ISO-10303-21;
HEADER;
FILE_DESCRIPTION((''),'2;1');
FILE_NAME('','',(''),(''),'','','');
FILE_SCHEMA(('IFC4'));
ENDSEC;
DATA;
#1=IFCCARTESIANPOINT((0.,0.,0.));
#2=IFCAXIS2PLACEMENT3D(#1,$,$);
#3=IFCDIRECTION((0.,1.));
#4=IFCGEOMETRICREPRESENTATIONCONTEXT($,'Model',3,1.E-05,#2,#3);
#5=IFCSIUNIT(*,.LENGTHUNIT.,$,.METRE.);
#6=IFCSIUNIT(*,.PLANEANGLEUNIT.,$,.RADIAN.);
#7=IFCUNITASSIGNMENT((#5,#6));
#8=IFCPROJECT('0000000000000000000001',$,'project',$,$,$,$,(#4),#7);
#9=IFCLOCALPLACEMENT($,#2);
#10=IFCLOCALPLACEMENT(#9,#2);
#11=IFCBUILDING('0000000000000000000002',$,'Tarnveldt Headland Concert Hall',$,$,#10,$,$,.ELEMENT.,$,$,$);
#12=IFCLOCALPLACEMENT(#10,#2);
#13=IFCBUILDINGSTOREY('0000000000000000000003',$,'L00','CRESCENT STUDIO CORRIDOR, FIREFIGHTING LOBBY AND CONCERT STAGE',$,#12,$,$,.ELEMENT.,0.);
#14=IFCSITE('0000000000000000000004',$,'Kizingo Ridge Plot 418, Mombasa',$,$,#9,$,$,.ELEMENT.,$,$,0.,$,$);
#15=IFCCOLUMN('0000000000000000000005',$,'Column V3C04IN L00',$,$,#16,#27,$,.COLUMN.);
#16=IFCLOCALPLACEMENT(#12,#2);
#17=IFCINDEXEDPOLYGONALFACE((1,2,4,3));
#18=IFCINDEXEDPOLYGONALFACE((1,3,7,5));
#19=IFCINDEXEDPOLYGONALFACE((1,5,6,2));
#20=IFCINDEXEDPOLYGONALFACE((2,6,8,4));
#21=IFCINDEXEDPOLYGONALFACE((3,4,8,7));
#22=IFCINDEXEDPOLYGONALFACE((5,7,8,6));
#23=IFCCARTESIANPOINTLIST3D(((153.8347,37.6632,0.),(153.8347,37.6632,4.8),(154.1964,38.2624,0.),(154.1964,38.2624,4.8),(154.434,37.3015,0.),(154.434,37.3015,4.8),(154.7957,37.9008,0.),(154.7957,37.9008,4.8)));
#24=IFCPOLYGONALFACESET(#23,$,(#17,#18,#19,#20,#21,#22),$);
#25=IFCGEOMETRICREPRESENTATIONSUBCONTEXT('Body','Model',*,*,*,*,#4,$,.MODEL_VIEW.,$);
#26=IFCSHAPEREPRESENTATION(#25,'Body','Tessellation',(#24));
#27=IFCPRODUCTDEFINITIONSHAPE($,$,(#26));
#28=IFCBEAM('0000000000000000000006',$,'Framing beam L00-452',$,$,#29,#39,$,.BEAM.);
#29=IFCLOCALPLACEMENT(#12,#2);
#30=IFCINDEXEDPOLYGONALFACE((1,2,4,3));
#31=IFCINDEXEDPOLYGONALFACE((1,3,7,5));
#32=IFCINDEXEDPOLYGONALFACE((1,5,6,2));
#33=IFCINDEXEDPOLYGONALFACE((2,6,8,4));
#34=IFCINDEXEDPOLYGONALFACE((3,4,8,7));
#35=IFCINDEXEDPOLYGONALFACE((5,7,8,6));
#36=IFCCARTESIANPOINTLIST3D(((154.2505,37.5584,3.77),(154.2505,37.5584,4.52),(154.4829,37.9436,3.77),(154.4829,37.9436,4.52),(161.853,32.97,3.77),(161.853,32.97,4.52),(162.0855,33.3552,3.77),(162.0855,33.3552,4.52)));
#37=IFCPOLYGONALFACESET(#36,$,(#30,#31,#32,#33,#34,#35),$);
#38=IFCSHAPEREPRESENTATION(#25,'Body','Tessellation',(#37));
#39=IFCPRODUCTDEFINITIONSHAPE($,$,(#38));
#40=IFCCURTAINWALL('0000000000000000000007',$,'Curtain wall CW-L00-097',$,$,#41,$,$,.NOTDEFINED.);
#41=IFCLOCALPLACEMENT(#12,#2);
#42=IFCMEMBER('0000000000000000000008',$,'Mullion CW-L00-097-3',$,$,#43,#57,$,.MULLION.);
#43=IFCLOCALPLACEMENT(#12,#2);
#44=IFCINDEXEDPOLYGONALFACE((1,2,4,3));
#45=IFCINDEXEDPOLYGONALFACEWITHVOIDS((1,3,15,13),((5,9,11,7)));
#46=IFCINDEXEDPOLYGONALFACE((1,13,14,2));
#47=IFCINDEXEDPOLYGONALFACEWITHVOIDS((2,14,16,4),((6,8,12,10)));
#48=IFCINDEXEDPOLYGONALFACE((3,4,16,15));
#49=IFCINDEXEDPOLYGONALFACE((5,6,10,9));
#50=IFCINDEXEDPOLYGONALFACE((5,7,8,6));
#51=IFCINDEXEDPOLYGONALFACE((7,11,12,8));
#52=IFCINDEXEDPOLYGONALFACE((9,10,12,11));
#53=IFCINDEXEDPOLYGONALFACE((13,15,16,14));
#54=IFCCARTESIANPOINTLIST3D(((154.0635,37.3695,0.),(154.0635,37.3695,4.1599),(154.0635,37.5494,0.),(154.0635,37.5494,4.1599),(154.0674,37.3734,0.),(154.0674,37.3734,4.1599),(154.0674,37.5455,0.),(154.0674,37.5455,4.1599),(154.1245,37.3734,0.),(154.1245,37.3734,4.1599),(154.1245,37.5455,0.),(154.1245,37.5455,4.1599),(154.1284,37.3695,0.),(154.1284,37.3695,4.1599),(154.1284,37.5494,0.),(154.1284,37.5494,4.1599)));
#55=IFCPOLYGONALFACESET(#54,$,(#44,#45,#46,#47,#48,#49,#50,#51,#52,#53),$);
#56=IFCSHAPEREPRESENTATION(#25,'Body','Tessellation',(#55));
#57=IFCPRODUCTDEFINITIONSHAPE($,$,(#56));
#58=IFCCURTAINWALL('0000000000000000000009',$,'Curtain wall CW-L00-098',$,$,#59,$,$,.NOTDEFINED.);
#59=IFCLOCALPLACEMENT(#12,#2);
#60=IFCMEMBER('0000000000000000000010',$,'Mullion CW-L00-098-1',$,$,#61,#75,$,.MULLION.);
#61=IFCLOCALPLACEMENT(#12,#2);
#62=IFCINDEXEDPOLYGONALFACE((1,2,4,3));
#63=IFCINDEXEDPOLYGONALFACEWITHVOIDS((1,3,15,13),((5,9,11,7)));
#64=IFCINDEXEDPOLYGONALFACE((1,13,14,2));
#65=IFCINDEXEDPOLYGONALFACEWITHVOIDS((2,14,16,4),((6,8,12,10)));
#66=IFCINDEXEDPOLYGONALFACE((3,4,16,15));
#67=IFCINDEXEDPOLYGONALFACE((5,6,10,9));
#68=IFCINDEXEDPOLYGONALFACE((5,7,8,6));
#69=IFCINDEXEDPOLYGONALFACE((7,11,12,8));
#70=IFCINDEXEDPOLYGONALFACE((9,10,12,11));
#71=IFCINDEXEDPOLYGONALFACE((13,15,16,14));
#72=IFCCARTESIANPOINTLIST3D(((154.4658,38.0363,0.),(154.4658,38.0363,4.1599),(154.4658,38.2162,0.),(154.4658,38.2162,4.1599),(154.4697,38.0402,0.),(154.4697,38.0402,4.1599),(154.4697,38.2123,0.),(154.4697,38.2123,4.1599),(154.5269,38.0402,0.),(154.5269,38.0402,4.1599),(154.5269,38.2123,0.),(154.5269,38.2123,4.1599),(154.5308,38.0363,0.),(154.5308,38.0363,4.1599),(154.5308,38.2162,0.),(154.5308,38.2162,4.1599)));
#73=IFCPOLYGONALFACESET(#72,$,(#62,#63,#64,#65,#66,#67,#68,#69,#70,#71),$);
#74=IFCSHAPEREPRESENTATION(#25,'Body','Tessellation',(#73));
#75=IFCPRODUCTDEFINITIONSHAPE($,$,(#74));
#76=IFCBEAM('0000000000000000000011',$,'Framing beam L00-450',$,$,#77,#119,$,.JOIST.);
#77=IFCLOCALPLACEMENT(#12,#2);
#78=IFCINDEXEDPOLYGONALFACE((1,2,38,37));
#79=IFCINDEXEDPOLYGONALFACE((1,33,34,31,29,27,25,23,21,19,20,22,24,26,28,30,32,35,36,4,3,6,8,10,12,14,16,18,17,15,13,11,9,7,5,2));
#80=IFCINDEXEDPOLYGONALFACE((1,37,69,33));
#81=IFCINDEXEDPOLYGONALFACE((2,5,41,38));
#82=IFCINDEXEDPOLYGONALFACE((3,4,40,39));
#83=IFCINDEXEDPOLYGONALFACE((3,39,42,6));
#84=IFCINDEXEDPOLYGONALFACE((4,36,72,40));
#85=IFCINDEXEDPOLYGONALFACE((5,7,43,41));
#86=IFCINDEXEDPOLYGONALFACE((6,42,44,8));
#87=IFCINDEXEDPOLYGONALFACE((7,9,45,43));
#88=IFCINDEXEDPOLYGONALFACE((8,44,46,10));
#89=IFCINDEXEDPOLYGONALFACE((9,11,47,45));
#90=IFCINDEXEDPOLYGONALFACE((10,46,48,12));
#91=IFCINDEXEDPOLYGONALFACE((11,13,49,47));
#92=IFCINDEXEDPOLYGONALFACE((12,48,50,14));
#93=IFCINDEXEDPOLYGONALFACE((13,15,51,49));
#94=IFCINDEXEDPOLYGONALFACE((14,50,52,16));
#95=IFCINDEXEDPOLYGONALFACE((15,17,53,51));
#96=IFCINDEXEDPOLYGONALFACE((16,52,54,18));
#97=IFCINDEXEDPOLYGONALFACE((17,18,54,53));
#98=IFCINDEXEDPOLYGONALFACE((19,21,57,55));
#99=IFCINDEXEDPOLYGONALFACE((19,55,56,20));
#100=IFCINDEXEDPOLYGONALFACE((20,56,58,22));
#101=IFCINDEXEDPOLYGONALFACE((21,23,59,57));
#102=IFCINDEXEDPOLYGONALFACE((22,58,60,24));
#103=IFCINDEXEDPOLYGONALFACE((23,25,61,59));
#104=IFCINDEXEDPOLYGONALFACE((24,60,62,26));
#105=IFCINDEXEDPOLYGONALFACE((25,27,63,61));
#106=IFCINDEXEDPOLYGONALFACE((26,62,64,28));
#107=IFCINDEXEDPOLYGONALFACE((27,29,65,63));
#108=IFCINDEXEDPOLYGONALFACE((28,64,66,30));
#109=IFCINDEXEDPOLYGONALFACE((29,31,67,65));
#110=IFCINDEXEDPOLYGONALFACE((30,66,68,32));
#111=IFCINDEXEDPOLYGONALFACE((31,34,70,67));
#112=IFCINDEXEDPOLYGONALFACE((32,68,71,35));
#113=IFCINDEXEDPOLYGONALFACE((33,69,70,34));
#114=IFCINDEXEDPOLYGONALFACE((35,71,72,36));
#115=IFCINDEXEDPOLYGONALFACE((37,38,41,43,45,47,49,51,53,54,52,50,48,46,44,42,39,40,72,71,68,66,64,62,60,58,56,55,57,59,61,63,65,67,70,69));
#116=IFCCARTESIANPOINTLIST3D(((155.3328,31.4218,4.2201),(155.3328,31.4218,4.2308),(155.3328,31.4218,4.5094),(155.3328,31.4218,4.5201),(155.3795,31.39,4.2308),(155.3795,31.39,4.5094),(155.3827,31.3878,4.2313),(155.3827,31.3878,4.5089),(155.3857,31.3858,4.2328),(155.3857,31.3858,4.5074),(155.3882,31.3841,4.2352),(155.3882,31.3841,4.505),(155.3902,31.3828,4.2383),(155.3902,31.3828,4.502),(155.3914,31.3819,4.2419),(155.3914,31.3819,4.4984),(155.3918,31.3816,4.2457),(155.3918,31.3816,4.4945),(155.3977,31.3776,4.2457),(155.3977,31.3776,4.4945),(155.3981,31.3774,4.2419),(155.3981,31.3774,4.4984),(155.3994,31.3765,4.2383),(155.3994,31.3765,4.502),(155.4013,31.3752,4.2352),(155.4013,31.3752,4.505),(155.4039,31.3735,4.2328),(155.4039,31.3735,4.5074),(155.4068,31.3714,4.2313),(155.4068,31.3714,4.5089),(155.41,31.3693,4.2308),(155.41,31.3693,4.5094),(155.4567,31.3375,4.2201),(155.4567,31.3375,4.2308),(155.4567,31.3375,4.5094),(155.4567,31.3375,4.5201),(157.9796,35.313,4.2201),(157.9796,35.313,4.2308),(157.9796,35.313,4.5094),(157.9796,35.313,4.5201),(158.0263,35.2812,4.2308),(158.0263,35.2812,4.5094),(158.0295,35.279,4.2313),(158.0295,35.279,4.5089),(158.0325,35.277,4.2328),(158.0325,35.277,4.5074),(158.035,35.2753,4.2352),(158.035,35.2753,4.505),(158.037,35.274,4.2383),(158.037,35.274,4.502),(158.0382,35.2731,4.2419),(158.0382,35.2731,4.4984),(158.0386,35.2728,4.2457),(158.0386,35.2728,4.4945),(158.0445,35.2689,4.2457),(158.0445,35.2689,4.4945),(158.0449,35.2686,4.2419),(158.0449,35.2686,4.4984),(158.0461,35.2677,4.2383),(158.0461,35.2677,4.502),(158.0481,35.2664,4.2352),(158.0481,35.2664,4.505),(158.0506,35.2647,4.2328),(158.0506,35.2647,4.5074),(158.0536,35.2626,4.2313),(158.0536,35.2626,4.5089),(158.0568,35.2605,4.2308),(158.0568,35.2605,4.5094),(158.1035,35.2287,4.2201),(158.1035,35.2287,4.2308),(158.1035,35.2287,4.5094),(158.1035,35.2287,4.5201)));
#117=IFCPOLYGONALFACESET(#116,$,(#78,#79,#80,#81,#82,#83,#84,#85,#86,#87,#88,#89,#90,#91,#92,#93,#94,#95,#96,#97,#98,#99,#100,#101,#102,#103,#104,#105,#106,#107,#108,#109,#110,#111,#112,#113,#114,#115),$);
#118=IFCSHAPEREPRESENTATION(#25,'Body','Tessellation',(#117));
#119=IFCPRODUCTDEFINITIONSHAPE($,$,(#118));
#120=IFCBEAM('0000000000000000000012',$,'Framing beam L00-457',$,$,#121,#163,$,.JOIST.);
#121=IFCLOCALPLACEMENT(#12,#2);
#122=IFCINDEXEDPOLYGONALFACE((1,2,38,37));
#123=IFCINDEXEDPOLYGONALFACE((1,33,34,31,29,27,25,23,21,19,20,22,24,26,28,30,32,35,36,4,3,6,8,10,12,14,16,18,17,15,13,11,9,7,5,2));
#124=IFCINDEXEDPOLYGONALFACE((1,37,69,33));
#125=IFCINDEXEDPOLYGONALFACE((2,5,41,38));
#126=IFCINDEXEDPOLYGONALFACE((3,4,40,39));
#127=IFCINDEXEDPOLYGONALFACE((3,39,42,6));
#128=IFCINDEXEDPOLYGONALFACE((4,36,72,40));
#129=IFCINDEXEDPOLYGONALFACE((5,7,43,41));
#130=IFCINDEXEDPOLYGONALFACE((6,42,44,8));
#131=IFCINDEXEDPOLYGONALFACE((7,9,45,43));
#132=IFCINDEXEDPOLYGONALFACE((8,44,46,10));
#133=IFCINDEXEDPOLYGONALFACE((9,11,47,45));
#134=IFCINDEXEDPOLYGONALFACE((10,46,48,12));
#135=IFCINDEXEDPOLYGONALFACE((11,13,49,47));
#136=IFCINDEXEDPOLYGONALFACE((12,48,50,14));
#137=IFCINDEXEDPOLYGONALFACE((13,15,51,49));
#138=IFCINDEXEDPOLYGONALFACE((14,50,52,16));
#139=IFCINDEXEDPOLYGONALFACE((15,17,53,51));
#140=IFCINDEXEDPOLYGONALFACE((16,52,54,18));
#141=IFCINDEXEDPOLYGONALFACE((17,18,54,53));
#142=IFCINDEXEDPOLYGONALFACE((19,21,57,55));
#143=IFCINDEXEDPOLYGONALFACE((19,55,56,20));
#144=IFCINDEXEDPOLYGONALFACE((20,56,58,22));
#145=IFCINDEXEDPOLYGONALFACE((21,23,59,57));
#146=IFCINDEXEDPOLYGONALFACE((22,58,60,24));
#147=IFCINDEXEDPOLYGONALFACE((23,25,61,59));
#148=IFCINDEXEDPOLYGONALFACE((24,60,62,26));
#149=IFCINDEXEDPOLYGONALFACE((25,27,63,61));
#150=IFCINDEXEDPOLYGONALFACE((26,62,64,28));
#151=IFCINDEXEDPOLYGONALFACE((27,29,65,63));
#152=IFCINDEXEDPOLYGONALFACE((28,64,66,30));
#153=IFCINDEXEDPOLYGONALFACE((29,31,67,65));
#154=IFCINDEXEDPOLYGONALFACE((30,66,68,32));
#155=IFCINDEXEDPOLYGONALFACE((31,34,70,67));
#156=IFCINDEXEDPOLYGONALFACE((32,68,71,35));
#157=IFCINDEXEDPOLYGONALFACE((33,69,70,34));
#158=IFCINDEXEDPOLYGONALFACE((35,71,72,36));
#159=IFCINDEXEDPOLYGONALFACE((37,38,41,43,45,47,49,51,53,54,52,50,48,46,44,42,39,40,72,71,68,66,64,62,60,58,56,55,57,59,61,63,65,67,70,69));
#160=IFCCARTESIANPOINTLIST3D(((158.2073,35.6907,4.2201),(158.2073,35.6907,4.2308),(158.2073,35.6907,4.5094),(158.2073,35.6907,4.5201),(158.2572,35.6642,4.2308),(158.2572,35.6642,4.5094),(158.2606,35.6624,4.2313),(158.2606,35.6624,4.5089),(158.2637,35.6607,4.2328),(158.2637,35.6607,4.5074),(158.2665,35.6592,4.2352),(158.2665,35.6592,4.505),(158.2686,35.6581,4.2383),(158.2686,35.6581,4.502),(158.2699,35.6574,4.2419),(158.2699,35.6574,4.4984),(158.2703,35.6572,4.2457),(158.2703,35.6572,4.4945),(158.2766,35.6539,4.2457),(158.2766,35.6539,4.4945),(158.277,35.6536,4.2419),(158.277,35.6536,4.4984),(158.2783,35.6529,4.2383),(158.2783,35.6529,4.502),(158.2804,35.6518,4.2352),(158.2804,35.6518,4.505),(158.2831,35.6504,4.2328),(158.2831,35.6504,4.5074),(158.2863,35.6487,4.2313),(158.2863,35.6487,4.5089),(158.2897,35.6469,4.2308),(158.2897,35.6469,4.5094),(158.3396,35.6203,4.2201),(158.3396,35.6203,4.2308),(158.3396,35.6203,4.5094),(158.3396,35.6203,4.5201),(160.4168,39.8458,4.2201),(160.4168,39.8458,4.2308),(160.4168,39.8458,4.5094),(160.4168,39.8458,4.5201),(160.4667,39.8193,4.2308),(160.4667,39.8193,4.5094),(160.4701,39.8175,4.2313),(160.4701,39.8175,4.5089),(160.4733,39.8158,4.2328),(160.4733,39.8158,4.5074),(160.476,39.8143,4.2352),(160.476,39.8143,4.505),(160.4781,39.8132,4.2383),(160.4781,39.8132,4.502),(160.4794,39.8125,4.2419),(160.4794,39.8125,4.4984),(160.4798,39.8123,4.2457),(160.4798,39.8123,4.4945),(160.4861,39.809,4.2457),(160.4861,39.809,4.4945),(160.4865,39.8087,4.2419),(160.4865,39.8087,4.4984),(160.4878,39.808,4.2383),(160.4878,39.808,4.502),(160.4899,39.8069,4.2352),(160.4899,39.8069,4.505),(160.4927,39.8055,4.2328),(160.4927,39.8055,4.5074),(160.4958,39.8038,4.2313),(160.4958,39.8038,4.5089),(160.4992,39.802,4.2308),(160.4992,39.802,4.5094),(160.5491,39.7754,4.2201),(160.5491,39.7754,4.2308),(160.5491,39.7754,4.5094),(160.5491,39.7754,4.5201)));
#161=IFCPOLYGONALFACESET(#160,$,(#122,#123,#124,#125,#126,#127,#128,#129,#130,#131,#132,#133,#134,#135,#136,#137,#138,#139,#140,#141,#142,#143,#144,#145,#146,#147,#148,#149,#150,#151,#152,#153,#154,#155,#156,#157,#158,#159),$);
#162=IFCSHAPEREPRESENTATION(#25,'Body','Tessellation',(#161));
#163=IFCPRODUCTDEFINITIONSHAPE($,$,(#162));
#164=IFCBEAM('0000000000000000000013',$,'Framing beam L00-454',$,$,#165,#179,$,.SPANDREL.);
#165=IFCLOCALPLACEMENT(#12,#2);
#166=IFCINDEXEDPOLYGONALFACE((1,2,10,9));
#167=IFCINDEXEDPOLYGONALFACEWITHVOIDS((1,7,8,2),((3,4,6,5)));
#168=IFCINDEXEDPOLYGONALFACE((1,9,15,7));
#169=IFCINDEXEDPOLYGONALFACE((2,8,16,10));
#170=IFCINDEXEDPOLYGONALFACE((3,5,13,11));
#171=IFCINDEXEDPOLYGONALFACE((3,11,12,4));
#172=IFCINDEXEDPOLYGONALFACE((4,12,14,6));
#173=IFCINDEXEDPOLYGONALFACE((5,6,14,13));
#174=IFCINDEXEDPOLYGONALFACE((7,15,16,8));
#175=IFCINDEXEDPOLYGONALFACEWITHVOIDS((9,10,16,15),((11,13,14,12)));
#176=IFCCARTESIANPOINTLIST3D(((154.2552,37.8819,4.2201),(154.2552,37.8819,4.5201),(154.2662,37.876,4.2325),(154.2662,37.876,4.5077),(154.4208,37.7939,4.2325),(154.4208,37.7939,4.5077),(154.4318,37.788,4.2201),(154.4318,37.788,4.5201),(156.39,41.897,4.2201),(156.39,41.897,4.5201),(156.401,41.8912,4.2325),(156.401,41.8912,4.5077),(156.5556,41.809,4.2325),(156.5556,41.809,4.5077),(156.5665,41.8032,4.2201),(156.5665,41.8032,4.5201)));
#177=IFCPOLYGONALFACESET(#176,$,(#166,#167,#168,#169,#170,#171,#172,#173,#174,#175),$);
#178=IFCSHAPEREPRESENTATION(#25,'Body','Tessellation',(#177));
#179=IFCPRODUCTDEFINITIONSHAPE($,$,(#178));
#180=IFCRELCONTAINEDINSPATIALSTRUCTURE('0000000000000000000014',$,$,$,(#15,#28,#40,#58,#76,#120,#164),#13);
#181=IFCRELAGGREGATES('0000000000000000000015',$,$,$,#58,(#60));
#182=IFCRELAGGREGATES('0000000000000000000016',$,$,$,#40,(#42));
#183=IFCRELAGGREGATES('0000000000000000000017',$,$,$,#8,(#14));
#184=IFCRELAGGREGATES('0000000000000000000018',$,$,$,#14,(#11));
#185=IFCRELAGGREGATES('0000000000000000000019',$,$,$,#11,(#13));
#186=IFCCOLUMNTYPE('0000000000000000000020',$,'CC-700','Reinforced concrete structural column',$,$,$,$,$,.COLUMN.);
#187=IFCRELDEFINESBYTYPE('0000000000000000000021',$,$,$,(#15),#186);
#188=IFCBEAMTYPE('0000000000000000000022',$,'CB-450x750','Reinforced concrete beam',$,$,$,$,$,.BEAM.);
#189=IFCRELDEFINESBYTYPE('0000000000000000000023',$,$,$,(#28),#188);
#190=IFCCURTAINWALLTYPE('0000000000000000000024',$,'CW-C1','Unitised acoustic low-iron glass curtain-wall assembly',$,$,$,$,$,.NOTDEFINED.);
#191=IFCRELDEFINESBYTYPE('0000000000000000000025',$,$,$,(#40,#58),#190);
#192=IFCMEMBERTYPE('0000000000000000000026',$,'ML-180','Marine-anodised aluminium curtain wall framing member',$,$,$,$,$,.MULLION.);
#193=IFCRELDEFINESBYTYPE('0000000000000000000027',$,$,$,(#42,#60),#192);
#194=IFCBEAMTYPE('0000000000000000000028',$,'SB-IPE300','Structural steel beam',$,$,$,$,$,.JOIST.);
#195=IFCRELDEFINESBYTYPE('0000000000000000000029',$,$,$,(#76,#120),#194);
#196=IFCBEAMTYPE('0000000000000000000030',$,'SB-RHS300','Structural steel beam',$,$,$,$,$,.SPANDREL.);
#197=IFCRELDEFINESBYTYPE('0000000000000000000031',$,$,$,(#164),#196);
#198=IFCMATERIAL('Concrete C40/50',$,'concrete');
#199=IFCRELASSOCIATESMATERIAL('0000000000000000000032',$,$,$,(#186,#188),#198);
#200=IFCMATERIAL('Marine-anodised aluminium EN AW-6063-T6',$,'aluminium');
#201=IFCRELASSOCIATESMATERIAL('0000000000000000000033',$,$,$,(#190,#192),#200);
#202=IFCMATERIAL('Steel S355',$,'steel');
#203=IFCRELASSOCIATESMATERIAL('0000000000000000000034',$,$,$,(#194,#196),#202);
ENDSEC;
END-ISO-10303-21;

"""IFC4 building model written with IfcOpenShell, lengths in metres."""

from ifc_helpers import new_model, si_unit, direction, frame, origin, origin_2d, place, context, subcontext, project, spatial, rectangle, hollow_rectangle, i_section, extrude, material, material_profile, profile_set, type_object, element, aggregate, save


model = new_model("IFC4")

# Units and contexts
model_context = context("Model", 3, precision=1e-05, world=origin(), true_north=direction((0.0, 1.0)))
body_context = subcontext(model_context, "Body", "Model", "MODEL_VIEW")
ifc_project = project(units=[si_unit("LENGTHUNIT", "METRE"), si_unit("PLANEANGLEUNIT", "RADIAN")], contexts=[model_context])

# Site, building, storey
site_placement = place(None, origin())
site = spatial("IfcSite", under=ifc_project, at=site_placement, Name="Kizingo Ridge Plot 418, Mombasa", CompositionType="ELEMENT", RefElevation=0.0)
building_placement = place(site_placement, origin())
building = spatial("IfcBuilding", under=site, at=building_placement, Name="Tarnveldt Headland Concert Hall", CompositionType="ELEMENT")
storey_placement = place(building_placement, origin())
storey = spatial("IfcBuildingStorey", under=building, at=storey_placement, Name="L00", Description="CRESCENT STUDIO CORRIDOR, FIREFIGHTING LOBBY AND CONCERT STAGE", CompositionType="ELEMENT", Elevation=0.0)

# Column
ifc_material_1 = material(Name="Concrete C40/50", Category="concrete")
ifc_material_profile_1 = material_profile(ifc_material_1, rectangle(XDim=0.7, YDim=0.7, at=origin_2d()), Name="RC 700x700", Category="concrete")
ifc_profile_set_1 = profile_set([ifc_material_profile_1], Name="Concrete C40/50")
column_type = type_object("IfcColumnType", Name="CC-700", Description="Reinforced concrete structural column", PredefinedType="COLUMN", material=ifc_profile_set_1)
column_placement = place(storey_placement, frame((154.3152, 37.782, 0.0), z_axis=(0.0, 0.0, 1.0), x_axis=(0.856177, -0.516683, 0.0)))
element("IfcColumn", 1, at=column_placement, inside=storey, type_object=column_type, Name="Column V3C04IN L00", PredefinedType="COLUMN", context=body_context, shape_type="SweptSolid", body=[
    extrude(rectangle(XDim=0.7, YDim=0.7, at=origin_2d()), origin(), (0.0, 0.0, 1.0), 4.8),
])

# Beam
ifc_material_profile_2 = material_profile(ifc_material_1, rectangle(XDim=0.45, YDim=0.75, at=origin_2d()), Name="RC 450x750", Category="concrete")
ifc_profile_set_2 = profile_set([ifc_material_profile_2], Name="Concrete C40/50")
beam_type_1 = type_object("IfcBeamType", Name="CB-450x750", Description="Reinforced concrete beam", PredefinedType="BEAM", material=ifc_profile_set_2)
beam_1_placement = place(storey_placement, frame((154.3667, 37.751, 4.145), z_axis=(0.856156, -0.516718, 0.0), x_axis=(0.516718, 0.856156, 0.0)))
element("IfcBeam", 2, at=beam_1_placement, inside=storey, type_object=beam_type_1, Name="Framing beam L00-452", PredefinedType="BEAM", context=body_context, shape_type="SweptSolid", body=[
    extrude(rectangle(XDim=0.45, YDim=0.75, at=origin_2d()), origin(), (0.0, 0.0, 1.0), 8.8799),
])

# Curtain walls, members
ifc_material_2 = material(Name="Marine-anodised aluminium EN AW-6063-T6", Category="aluminium")
curtain_wall_type = type_object("IfcCurtainWallType", Name="CW-C1", Description="Unitised acoustic low-iron glass curtain-wall assembly", PredefinedType="NOTDEFINED", material=ifc_material_2)
curtain_wall_1_placement = place(storey_placement, origin())
curtain_wall_1 = element("IfcCurtainWall", 3, at=curtain_wall_1_placement, inside=storey, type_object=curtain_wall_type, Name="Curtain wall CW-L00-097", PredefinedType="NOTDEFINED")
ifc_material_profile_3 = material_profile(ifc_material_2, hollow_rectangle(XDim=0.0649, YDim=0.1799, WallThickness=0.0039, at=origin_2d()), Name="ALU MULLION 65x180x4", Category="aluminium")
ifc_profile_set_3 = profile_set([ifc_material_profile_3], Name="Marine-anodised aluminium EN AW-6063-T6")
member_type_1 = type_object("IfcMemberType", Name="ML-180", Description="Marine-anodised aluminium curtain wall framing member", PredefinedType="MULLION", material=ifc_profile_set_3)
member_1_placement = place(storey_placement, frame((154.0959, 37.4595, 0.0), z_axis=(0.0, 0.0, 1.0), x_axis=(1.0, 0.0, 0.0)))
member_1 = element("IfcMember", 4, at=member_1_placement, type_object=member_type_1, Name="Mullion CW-L00-097-3", PredefinedType="MULLION", context=body_context, shape_type="SweptSolid", body=[
    extrude(hollow_rectangle(XDim=0.0649, YDim=0.1799, WallThickness=0.0039, at=origin_2d()), origin(), (0.0, 0.0, 1.0), 4.1599),
])
curtain_wall_2_placement = place(storey_placement, origin())
curtain_wall_2 = element("IfcCurtainWall", 5, at=curtain_wall_2_placement, inside=storey, type_object=curtain_wall_type, Name="Curtain wall CW-L00-098", PredefinedType="NOTDEFINED")
member_2_placement = place(storey_placement, frame((154.4983, 38.1262, 0.0), z_axis=(0.0, 0.0, 1.0), x_axis=(1.0, 0.0, 0.0)))
member_2 = element("IfcMember", 6, at=member_2_placement, type_object=member_type_1, Name="Mullion CW-L00-098-1", PredefinedType="MULLION", context=body_context, shape_type="SweptSolid", body=[
    extrude(hollow_rectangle(XDim=0.0649, YDim=0.1799, WallThickness=0.0039, at=origin_2d()), origin(), (0.0, 0.0, 1.0), 4.1599),
])

# Beams
ifc_material_3 = material(Name="Steel S355", Category="steel")
ifc_material_profile_4 = material_profile(ifc_material_3, i_section(OverallWidth=0.1499, OverallDepth=0.3, WebThickness=0.0071, FlangeThickness=0.0107, FilletRadius=0.0149, at=origin_2d()), Name="IPE300", Category="steel")
ifc_profile_set_4 = profile_set([ifc_material_profile_4], Name="Steel S355")
beam_type_2 = type_object("IfcBeamType", Name="SB-IPE300", Description="Structural steel beam", PredefinedType="JOIST", material=ifc_profile_set_4)
for number, where, z_axis, x_axis, name in (
    (7, (155.3948, 31.3796, 4.3701), (0.562422, 0.82685, 0.0), (-0.82685, 0.562422, 0.0), "Framing beam L00-450"),
    (8, (158.2734, 35.6555, 4.3701), (0.469505, 0.88293, 0.0), (-0.88293, 0.469505, 0.0), "Framing beam L00-457"),
):
    element("IfcBeam", number, at=place(storey_placement, frame(where, z_axis=z_axis, x_axis=x_axis)), inside=storey, type_object=beam_type_2, Name=name, PredefinedType="JOIST", context=body_context, shape_type="SweptSolid", body=[
        extrude(i_section(OverallWidth=0.1499, OverallDepth=0.3, WebThickness=0.0071, FlangeThickness=0.0107, FilletRadius=0.0149, at=origin_2d()), origin(), (0.0, 0.0, 1.0), 4.7061),
    ])
ifc_material_profile_5 = material_profile(ifc_material_3, hollow_rectangle(XDim=0.2, YDim=0.3, WallThickness=0.0125, at=origin_2d()), Name="RHS 300x200x12.5", Category="steel")
ifc_profile_set_5 = profile_set([ifc_material_profile_5], Name="Steel S355")
beam_type_3 = type_object("IfcBeamType", Name="SB-RHS300", Description="Structural steel beam", PredefinedType="SPANDREL", material=ifc_profile_set_5)
beam_2_placement = place(storey_placement, frame((154.3435, 37.835, 4.3701), z_axis=(0.469451, 0.882959, 0.0), x_axis=(-0.882959, 0.469451, 0.0)))
element("IfcBeam", 9, at=beam_2_placement, inside=storey, type_object=beam_type_3, Name="Framing beam L00-454", PredefinedType="SPANDREL", context=body_context, shape_type="SweptSolid", body=[
    extrude(hollow_rectangle(XDim=0.2, YDim=0.3, WallThickness=0.0125, at=origin_2d()), origin(), (0.0, 0.0, 1.0), 4.5474),
])

aggregate(curtain_wall_2, [member_2])

aggregate(curtain_wall_1, [member_1])

save(model, "model.ifc")
